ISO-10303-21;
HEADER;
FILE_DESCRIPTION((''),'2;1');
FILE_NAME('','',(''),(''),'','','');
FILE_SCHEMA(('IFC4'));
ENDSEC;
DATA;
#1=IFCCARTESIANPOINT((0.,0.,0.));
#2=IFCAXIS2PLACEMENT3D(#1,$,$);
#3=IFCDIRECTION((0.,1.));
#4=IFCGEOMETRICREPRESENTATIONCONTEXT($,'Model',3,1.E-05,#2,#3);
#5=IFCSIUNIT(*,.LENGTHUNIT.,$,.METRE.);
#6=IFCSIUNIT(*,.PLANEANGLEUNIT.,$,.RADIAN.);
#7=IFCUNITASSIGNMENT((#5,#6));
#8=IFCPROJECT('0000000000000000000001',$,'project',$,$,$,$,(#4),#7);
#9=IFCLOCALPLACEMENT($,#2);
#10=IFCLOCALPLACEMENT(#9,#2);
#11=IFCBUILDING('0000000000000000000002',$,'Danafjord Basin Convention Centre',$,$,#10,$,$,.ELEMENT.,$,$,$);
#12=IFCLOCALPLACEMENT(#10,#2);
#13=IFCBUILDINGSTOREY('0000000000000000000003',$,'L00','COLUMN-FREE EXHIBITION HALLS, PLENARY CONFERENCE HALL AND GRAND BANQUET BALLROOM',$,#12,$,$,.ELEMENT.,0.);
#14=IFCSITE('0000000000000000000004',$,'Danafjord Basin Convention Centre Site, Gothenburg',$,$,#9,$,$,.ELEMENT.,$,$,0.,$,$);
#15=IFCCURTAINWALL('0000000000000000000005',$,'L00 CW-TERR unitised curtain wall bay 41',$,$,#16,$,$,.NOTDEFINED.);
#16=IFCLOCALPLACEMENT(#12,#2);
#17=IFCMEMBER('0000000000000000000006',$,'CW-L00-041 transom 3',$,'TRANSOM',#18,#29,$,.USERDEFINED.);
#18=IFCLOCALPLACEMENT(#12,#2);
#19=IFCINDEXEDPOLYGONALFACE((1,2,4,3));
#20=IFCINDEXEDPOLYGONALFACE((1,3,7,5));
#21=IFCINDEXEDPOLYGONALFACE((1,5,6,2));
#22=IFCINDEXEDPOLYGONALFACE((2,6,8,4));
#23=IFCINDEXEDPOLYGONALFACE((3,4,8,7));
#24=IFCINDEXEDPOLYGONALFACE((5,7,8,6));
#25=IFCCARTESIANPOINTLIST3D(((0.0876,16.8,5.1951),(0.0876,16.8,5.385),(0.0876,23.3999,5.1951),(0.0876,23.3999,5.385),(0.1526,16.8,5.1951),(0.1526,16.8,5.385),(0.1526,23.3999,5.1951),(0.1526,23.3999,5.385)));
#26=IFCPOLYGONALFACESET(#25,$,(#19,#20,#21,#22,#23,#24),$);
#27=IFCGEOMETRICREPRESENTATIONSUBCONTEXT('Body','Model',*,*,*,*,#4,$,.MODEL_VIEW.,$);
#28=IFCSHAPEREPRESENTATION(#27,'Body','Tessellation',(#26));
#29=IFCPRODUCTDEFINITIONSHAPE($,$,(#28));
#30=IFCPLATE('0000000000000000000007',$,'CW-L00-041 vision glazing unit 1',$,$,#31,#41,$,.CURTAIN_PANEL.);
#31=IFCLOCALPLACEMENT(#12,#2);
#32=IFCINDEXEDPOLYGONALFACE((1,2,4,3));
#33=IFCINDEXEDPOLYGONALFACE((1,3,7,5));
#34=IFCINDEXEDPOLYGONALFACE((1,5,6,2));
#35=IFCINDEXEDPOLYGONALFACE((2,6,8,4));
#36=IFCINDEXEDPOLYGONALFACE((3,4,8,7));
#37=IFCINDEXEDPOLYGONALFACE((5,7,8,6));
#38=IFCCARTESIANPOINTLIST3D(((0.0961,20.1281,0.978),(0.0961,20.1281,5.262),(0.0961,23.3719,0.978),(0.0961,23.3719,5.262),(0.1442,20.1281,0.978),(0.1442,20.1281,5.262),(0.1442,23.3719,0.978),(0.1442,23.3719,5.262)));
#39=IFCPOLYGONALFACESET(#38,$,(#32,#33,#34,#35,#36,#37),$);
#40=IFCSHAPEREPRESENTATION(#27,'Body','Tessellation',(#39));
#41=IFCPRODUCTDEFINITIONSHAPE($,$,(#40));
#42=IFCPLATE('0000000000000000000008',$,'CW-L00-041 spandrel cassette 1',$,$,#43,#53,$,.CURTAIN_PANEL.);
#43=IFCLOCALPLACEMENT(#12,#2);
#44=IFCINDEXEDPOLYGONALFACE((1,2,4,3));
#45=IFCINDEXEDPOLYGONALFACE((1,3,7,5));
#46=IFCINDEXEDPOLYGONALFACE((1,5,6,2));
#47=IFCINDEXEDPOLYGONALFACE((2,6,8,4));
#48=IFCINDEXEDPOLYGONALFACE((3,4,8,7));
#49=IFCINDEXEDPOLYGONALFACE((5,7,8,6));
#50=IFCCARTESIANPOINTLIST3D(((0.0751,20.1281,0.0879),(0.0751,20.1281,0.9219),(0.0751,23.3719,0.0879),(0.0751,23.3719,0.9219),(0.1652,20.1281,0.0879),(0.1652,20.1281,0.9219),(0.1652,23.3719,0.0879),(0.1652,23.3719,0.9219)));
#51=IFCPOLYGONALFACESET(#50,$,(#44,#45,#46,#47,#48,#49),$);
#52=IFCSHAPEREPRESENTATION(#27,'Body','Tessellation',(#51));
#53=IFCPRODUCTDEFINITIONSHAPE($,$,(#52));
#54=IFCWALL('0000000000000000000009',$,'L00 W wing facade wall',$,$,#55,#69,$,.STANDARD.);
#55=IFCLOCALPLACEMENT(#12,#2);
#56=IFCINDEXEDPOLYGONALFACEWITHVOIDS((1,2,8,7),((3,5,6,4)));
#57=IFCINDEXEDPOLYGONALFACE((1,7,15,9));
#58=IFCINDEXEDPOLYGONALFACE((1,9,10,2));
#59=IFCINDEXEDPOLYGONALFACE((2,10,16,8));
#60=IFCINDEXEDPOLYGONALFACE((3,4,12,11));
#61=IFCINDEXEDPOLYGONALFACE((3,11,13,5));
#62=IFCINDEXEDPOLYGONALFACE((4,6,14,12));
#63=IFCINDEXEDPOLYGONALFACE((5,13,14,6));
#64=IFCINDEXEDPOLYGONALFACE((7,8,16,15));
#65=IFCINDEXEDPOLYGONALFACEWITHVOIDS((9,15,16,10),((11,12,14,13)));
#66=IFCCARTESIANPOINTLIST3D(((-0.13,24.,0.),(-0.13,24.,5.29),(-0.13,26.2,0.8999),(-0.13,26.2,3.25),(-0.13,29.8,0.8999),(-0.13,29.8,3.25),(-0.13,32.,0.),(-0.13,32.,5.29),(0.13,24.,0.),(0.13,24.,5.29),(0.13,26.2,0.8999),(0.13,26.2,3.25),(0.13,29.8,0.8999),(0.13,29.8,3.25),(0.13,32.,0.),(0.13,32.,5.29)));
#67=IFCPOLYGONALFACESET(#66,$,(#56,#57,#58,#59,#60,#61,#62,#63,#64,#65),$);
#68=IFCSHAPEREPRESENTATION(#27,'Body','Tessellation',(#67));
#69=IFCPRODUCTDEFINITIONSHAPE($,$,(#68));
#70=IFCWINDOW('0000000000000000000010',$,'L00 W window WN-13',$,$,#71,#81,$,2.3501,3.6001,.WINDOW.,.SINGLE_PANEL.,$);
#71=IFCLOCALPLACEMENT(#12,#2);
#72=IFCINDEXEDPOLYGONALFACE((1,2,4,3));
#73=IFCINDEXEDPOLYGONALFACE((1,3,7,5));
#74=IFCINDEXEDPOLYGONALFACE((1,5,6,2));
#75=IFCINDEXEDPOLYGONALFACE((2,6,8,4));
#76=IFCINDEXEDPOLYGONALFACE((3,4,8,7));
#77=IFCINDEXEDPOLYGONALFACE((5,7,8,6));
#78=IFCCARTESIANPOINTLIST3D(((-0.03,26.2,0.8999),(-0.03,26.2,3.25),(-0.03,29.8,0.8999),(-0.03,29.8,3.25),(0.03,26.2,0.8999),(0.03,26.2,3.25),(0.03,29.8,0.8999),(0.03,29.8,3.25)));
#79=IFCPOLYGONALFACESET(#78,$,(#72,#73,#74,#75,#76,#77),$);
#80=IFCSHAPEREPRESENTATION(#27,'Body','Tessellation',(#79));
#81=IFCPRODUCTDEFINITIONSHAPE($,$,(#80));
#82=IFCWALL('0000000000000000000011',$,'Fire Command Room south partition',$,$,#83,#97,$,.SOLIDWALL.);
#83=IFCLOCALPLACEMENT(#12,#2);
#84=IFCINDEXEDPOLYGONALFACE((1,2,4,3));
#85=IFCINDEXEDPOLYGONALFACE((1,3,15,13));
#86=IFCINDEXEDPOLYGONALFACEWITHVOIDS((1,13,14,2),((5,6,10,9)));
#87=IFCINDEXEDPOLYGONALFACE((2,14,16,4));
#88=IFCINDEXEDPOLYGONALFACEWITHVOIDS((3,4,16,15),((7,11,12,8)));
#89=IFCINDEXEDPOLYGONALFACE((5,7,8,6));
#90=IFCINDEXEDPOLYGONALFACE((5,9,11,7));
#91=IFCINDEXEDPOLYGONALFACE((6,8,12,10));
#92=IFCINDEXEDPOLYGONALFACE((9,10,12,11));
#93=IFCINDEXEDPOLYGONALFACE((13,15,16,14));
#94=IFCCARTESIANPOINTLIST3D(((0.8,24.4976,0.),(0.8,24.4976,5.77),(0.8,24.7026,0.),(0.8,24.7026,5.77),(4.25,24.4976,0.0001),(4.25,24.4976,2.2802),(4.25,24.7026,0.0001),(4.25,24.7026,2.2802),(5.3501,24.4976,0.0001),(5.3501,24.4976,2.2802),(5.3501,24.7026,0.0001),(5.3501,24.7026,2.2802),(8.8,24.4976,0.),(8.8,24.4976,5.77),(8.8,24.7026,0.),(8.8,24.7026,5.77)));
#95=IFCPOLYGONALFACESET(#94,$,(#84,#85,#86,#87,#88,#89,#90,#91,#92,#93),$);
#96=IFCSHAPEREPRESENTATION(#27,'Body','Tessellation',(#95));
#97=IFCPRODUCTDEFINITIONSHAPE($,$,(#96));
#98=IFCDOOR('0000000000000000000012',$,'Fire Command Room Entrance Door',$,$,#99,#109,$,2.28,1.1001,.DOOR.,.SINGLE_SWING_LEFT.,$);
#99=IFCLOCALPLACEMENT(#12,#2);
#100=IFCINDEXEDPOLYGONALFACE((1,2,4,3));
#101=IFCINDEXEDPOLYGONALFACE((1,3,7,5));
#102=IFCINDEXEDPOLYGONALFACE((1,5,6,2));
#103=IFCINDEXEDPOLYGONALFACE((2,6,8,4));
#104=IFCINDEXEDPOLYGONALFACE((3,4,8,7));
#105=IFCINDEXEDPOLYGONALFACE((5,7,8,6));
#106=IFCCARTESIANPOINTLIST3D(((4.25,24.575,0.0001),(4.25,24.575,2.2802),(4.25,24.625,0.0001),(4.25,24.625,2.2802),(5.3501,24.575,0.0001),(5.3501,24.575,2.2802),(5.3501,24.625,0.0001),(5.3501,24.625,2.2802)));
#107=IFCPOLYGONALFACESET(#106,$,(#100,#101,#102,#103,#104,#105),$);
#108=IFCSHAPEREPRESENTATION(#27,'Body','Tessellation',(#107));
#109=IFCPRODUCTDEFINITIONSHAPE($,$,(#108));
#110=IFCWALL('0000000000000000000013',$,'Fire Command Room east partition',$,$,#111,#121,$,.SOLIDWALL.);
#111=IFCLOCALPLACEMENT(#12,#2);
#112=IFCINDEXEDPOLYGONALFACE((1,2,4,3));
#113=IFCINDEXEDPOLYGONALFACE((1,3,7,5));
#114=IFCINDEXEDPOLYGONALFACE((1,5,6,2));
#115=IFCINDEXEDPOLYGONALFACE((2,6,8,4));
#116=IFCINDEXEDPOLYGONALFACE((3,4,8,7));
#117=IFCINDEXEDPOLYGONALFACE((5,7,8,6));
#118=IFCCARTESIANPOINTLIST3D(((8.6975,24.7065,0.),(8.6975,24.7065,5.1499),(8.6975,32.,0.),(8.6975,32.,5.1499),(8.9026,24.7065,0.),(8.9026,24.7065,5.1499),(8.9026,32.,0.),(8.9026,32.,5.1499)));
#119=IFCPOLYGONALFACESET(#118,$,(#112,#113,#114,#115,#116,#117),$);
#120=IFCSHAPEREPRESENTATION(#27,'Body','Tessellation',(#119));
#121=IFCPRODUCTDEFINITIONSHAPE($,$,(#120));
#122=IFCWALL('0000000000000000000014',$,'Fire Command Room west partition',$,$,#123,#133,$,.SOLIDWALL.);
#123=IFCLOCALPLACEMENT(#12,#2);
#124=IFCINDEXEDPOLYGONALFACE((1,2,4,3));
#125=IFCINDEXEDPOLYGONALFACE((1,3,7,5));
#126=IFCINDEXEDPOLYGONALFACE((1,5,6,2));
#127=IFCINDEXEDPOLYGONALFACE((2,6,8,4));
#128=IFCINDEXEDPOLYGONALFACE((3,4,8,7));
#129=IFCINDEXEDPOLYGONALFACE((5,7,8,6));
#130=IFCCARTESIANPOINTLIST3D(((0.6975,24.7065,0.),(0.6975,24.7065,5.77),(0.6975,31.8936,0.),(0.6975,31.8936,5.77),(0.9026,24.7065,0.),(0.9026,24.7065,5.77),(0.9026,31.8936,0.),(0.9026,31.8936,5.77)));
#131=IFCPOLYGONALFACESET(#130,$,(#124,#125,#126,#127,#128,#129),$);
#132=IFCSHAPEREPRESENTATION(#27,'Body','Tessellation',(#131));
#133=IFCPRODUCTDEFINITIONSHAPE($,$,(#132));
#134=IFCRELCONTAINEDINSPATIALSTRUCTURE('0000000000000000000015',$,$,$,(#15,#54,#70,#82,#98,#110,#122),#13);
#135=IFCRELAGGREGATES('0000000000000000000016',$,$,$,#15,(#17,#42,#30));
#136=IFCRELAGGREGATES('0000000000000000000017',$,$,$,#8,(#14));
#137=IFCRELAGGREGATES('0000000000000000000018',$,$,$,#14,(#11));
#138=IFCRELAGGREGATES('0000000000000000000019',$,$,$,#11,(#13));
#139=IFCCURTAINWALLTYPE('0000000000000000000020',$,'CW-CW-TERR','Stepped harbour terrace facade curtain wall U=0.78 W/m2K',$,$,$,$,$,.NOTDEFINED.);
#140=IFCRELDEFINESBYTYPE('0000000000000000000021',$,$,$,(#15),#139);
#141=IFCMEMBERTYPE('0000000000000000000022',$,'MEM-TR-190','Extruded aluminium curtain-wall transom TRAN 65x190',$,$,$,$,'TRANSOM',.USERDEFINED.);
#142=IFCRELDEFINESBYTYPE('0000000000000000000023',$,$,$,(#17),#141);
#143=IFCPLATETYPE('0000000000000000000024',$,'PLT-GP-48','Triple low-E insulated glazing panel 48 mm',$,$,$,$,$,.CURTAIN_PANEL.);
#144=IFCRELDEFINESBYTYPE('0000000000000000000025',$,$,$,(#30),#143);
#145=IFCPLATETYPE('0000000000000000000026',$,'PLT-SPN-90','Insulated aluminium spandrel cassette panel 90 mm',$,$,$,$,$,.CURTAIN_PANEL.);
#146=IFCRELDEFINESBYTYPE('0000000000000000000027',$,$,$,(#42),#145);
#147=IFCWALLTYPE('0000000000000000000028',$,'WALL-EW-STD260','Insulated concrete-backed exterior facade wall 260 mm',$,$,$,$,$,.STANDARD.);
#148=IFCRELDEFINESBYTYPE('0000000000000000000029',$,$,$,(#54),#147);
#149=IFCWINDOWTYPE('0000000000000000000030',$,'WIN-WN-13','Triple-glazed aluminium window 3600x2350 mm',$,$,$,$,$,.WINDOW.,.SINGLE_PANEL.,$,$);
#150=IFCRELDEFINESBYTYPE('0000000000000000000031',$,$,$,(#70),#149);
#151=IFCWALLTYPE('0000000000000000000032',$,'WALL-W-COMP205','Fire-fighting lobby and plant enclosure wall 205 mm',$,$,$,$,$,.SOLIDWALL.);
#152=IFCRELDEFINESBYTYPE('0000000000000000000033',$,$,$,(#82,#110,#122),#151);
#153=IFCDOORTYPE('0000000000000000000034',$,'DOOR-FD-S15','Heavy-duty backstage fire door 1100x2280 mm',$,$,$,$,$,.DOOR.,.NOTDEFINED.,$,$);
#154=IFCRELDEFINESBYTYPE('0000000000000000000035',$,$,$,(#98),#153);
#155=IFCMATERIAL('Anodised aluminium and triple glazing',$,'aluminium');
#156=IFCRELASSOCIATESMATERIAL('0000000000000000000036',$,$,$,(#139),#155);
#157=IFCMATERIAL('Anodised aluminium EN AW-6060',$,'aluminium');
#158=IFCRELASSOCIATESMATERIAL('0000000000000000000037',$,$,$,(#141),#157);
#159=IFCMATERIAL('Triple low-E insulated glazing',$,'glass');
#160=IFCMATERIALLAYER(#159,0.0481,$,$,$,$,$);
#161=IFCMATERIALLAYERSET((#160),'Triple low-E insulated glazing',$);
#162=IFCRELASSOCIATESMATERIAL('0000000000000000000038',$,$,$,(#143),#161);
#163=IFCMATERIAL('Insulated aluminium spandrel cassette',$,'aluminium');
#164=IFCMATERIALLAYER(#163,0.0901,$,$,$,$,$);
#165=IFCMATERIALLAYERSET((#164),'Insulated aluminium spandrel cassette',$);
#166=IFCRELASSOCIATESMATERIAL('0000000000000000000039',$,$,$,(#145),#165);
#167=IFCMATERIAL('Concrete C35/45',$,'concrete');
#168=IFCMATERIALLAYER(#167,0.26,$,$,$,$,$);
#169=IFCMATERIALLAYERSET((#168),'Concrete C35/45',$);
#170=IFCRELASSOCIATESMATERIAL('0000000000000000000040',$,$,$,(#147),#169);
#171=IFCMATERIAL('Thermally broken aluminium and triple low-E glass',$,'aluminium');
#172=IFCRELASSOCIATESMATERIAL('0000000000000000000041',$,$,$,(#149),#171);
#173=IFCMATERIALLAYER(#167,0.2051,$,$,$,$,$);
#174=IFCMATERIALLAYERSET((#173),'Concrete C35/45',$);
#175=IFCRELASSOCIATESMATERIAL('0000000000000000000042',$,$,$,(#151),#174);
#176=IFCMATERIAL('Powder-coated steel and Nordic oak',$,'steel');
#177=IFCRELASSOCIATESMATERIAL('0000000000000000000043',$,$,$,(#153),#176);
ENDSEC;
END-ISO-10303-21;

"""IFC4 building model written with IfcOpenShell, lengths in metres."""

from ifc_helpers import new_model, si_unit, direction, frame, frame_2d, origin, origin_2d, place, context, subcontext, project, spatial, rectangle, extrude, material, layer, layer_set, material_profile, profile_set, type_object, element, fill, aggregate, save


model = new_model("IFC4")

# Units and contexts
model_context = context("Model", 3, precision=1e-05, world=origin(), true_north=direction((0.0, 1.0)))
body_context = subcontext(model_context, "Body", "Model", "MODEL_VIEW")
ifc_project = project(units=[si_unit("LENGTHUNIT", "METRE"), si_unit("PLANEANGLEUNIT", "RADIAN")], contexts=[model_context])

# Site, building, storey
site_placement = place(None, origin())
site = spatial("IfcSite", under=ifc_project, at=site_placement, Name="Danafjord Basin Convention Centre Site, Gothenburg", CompositionType="ELEMENT", RefElevation=0.0)
building_placement = place(site_placement, origin())
building = spatial("IfcBuilding", under=site, at=building_placement, Name="Danafjord Basin Convention Centre", CompositionType="ELEMENT")
storey_placement = place(building_placement, origin())
storey = spatial("IfcBuildingStorey", under=building, at=storey_placement, Name="L00", Description="COLUMN-FREE EXHIBITION HALLS, PLENARY CONFERENCE HALL AND GRAND BANQUET BALLROOM", CompositionType="ELEMENT", Elevation=0.0)

# Curtain wall, member, plates
ifc_material_1 = material(Name="Anodised aluminium and triple glazing", Category="aluminium")
curtain_wall_type = type_object("IfcCurtainWallType", Name="CW-CW-TERR", Description="Stepped harbour terrace facade curtain wall U=0.78 W/m2K", PredefinedType="NOTDEFINED", material=ifc_material_1)
curtain_wall_placement = place(storey_placement, origin())
curtain_wall = element("IfcCurtainWall", 1, at=curtain_wall_placement, inside=storey, type_object=curtain_wall_type, Name="L00 CW-TERR unitised curtain wall bay 41", PredefinedType="NOTDEFINED")
ifc_material_2 = material(Name="Anodised aluminium EN AW-6060", Category="aluminium")
ifc_material_profile_1 = material_profile(ifc_material_2, rectangle(XDim=0.0649, YDim=0.1899, at=origin_2d()), Name="TRAN 65x190")
ifc_profile_set_1 = profile_set([ifc_material_profile_1], Name="Anodised aluminium EN AW-6060")
member_type_1 = type_object("IfcMemberType", Name="MEM-TR-190", Description="Extruded aluminium curtain-wall transom TRAN 65x190", ElementType="TRANSOM", PredefinedType="USERDEFINED", material=ifc_profile_set_1)
member_1_placement = place(storey_placement, frame((0.1201, 23.3999, 5.29), z_axis=(0.0, -1.0, 0.0), x_axis=(1.0, 0.0, 0.0)))
member_1 = element("IfcMember", 2, at=member_1_placement, type_object=member_type_1, Name="CW-L00-041 transom 3", ObjectType="TRANSOM", PredefinedType="USERDEFINED", context=body_context, shape_type="SweptSolid", body=[
    extrude(rectangle(XDim=0.0649, YDim=0.1899, at=origin_2d()), origin(), (0.0, 0.0, 1.0), 6.5999),
])
ifc_material_3 = material(Name="Triple low-E insulated glazing", Category="glass")
ifc_layer_1 = layer(ifc_material_3, 0.0481)
ifc_layer_set_1 = layer_set([ifc_layer_1], Name="Triple low-E insulated glazing")
plate_type_1 = type_object("IfcPlateType", Name="PLT-GP-48", Description="Triple low-E insulated glazing panel 48 mm", PredefinedType="CURTAIN_PANEL", material=ifc_layer_set_1)
plate_1_placement = place(storey_placement, frame((0.1201, 21.75, 0.978), z_axis=(0.0, 0.0, 1.0), x_axis=(0.0, -1.0, 0.0)))
plate_1 = element("IfcPlate", 3, at=plate_1_placement, type_object=plate_type_1, Name="CW-L00-041 vision glazing unit 1", PredefinedType="CURTAIN_PANEL", context=body_context, shape_type="SweptSolid", body=[
    extrude(rectangle(XDim=3.2439, YDim=0.0481, at=origin_2d()), origin(), (0.0, 0.0, 1.0), 4.2839),
])
ifc_material_4 = material(Name="Insulated aluminium spandrel cassette", Category="aluminium")
ifc_layer_2 = layer(ifc_material_4, 0.0901)
ifc_layer_set_2 = layer_set([ifc_layer_2], Name="Insulated aluminium spandrel cassette")
plate_type_2 = type_object("IfcPlateType", Name="PLT-SPN-90", Description="Insulated aluminium spandrel cassette panel 90 mm", PredefinedType="CURTAIN_PANEL", material=ifc_layer_set_2)
plate_2_placement = place(storey_placement, frame((0.1201, 21.75, 0.0879), z_axis=(0.0, 0.0, 1.0), x_axis=(0.0, -1.0, 0.0)))
plate_2 = element("IfcPlate", 4, at=plate_2_placement, type_object=plate_type_2, Name="CW-L00-041 spandrel cassette 1", PredefinedType="CURTAIN_PANEL", context=body_context, shape_type="SweptSolid", body=[
    extrude(rectangle(XDim=3.2439, YDim=0.0901, at=origin_2d()), origin(), (0.0, 0.0, 1.0), 0.834),
])
aggregate(curtain_wall, [member_1, plate_2, plate_1])

# Wall, opening, window
ifc_material_5 = material(Name="Concrete C35/45", Category="concrete")
ifc_layer_3 = layer(ifc_material_5, 0.26)
ifc_layer_set_3 = layer_set([ifc_layer_3], Name="Concrete C35/45")
wall_type_1 = type_object("IfcWallType", Name="WALL-EW-STD260", Description="Insulated concrete-backed exterior facade wall 260 mm", PredefinedType="STANDARD", material=ifc_layer_set_3)
wall_1_placement = place(storey_placement, frame((0.0, 24.0, 0.0), z_axis=(0.0, 0.0, 1.0), x_axis=(0.0, 1.0, 0.0)))
wall_1 = element("IfcWall", 5, at=wall_1_placement, inside=storey, type_object=wall_type_1, Name="L00 W wing facade wall", PredefinedType="STANDARD", context=body_context, shape_type="SweptSolid", body=[
    extrude(rectangle(XDim=8.0, YDim=0.26, at=frame_2d((4.0, 0.0))), origin(), (0.0, 0.0, 1.0), 5.29),
])
opening_1_placement = place(wall_1_placement, frame((2.2, 0.0, 0.8999)))
opening_1 = element("IfcOpeningElement", 6, at=opening_1_placement, cuts=wall_1, PredefinedType="OPENING", context=body_context, shape_type="SweptSolid", body=[
    extrude(rectangle(XDim=3.6001, YDim=2.3501, at=frame_2d((1.8, 1.175))), frame((0.0, 0.1399, 0.0), z_axis=(0.0, -1.0, 0.0), x_axis=(1.0, 0.0, 0.0)), (0.0, 0.0, 1.0), 0.28),
])
ifc_material_6 = material(Name="Thermally broken aluminium and triple low-E glass", Category="aluminium")
window_type = type_object("IfcWindowType", Name="WIN-WN-13", Description="Triple-glazed aluminium window 3600x2350 mm", PartitioningType="SINGLE_PANEL", PredefinedType="WINDOW", material=ifc_material_6)
window_placement = place(opening_1_placement, origin())
window = element("IfcWindow", 7, at=window_placement, inside=storey, type_object=window_type, Name="L00 W window WN-13", OverallHeight=2.3501, OverallWidth=3.6001, PartitioningType="SINGLE_PANEL", PredefinedType="WINDOW", context=body_context, shape_type="SweptSolid", body=[
    extrude(rectangle(XDim=3.6001, YDim=2.3501, at=frame_2d((1.8, 1.175))), frame((0.0, 0.03, 0.0), z_axis=(0.0, -1.0, 0.0), x_axis=(1.0, 0.0, 0.0)), (0.0, 0.0, 1.0), 0.0601),
])
fill(opening_1, window)

# Wall, opening, door
ifc_layer_4 = layer(ifc_material_5, 0.2051)
ifc_layer_set_4 = layer_set([ifc_layer_4], Name="Concrete C35/45")
wall_type_2 = type_object("IfcWallType", Name="WALL-W-COMP205", Description="Fire-fighting lobby and plant enclosure wall 205 mm", PredefinedType="SOLIDWALL", material=ifc_layer_set_4)
wall_2_placement = place(storey_placement, frame((0.8, 24.6001, 0.0), z_axis=(0.0, 0.0, 1.0), x_axis=(1.0, 0.0, 0.0)))
wall_2 = element("IfcWall", 8, at=wall_2_placement, inside=storey, type_object=wall_type_2, Name="Fire Command Room south partition", PredefinedType="SOLIDWALL", context=body_context, shape_type="SweptSolid", body=[
    extrude(rectangle(XDim=8.0, YDim=0.2051, at=frame_2d((4.0, 0.0))), origin(), (0.0, 0.0, 1.0), 5.77),
])
opening_2_placement = place(wall_2_placement, frame((3.45, 0.0, 0.0)))
opening_2 = element("IfcOpeningElement", 9, at=opening_2_placement, cuts=wall_2, PredefinedType="OPENING", context=body_context, shape_type="SweptSolid", body=[
    extrude(rectangle(XDim=1.1001, YDim=2.28, at=frame_2d((0.55, 1.1401))), frame((0.0, 0.1125, 0.0), z_axis=(0.0, -1.0, 0.0), x_axis=(1.0, 0.0, 0.0)), (0.0, 0.0, 1.0), 0.2251),
])
ifc_material_7 = material(Name="Powder-coated steel and Nordic oak", Category="steel")
door_type = type_object("IfcDoorType", Name="DOOR-FD-S15", Description="Heavy-duty backstage fire door 1100x2280 mm", OperationType="NOTDEFINED", PredefinedType="DOOR", material=ifc_material_7)
door_placement = place(opening_2_placement, origin())
door = element("IfcDoor", 10, at=door_placement, inside=storey, type_object=door_type, Name="Fire Command Room Entrance Door", OperationType="SINGLE_SWING_LEFT", OverallHeight=2.28, OverallWidth=1.1001, PredefinedType="DOOR", context=body_context, shape_type="SweptSolid", body=[
    extrude(rectangle(XDim=1.1001, YDim=2.28, at=frame_2d((0.55, 1.1401))), frame((0.0, 0.0249, 0.0), z_axis=(0.0, -1.0, 0.0), x_axis=(1.0, 0.0, 0.0)), (0.0, 0.0, 1.0), 0.05),
])
fill(opening_2, door)

# Walls
wall_3_placement = place(storey_placement, frame((8.8, 24.7065, 0.0), z_axis=(0.0, 0.0, 1.0), x_axis=(0.0, 1.0, 0.0)))
element("IfcWall", 11, at=wall_3_placement, inside=storey, type_object=wall_type_2, Name="Fire Command Room east partition", PredefinedType="SOLIDWALL", context=body_context, shape_type="SweptSolid", body=[
    extrude(rectangle(XDim=7.2935, YDim=0.2051, at=frame_2d((3.6467, 0.0))), origin(), (0.0, 0.0, 1.0), 5.1499),
])
wall_4_placement = place(storey_placement, frame((0.8, 31.8936, 0.0), z_axis=(0.0, 0.0, 1.0), x_axis=(0.0, -1.0, 0.0)))
element("IfcWall", 12, at=wall_4_placement, inside=storey, type_object=wall_type_2, Name="Fire Command Room west partition", PredefinedType="SOLIDWALL", context=body_context, shape_type="SweptSolid", body=[
    extrude(rectangle(XDim=7.187, YDim=0.2051, at=frame_2d((3.5935, 0.0))), origin(), (0.0, 0.0, 1.0), 5.77),
])

save(model, "model.ifc")
